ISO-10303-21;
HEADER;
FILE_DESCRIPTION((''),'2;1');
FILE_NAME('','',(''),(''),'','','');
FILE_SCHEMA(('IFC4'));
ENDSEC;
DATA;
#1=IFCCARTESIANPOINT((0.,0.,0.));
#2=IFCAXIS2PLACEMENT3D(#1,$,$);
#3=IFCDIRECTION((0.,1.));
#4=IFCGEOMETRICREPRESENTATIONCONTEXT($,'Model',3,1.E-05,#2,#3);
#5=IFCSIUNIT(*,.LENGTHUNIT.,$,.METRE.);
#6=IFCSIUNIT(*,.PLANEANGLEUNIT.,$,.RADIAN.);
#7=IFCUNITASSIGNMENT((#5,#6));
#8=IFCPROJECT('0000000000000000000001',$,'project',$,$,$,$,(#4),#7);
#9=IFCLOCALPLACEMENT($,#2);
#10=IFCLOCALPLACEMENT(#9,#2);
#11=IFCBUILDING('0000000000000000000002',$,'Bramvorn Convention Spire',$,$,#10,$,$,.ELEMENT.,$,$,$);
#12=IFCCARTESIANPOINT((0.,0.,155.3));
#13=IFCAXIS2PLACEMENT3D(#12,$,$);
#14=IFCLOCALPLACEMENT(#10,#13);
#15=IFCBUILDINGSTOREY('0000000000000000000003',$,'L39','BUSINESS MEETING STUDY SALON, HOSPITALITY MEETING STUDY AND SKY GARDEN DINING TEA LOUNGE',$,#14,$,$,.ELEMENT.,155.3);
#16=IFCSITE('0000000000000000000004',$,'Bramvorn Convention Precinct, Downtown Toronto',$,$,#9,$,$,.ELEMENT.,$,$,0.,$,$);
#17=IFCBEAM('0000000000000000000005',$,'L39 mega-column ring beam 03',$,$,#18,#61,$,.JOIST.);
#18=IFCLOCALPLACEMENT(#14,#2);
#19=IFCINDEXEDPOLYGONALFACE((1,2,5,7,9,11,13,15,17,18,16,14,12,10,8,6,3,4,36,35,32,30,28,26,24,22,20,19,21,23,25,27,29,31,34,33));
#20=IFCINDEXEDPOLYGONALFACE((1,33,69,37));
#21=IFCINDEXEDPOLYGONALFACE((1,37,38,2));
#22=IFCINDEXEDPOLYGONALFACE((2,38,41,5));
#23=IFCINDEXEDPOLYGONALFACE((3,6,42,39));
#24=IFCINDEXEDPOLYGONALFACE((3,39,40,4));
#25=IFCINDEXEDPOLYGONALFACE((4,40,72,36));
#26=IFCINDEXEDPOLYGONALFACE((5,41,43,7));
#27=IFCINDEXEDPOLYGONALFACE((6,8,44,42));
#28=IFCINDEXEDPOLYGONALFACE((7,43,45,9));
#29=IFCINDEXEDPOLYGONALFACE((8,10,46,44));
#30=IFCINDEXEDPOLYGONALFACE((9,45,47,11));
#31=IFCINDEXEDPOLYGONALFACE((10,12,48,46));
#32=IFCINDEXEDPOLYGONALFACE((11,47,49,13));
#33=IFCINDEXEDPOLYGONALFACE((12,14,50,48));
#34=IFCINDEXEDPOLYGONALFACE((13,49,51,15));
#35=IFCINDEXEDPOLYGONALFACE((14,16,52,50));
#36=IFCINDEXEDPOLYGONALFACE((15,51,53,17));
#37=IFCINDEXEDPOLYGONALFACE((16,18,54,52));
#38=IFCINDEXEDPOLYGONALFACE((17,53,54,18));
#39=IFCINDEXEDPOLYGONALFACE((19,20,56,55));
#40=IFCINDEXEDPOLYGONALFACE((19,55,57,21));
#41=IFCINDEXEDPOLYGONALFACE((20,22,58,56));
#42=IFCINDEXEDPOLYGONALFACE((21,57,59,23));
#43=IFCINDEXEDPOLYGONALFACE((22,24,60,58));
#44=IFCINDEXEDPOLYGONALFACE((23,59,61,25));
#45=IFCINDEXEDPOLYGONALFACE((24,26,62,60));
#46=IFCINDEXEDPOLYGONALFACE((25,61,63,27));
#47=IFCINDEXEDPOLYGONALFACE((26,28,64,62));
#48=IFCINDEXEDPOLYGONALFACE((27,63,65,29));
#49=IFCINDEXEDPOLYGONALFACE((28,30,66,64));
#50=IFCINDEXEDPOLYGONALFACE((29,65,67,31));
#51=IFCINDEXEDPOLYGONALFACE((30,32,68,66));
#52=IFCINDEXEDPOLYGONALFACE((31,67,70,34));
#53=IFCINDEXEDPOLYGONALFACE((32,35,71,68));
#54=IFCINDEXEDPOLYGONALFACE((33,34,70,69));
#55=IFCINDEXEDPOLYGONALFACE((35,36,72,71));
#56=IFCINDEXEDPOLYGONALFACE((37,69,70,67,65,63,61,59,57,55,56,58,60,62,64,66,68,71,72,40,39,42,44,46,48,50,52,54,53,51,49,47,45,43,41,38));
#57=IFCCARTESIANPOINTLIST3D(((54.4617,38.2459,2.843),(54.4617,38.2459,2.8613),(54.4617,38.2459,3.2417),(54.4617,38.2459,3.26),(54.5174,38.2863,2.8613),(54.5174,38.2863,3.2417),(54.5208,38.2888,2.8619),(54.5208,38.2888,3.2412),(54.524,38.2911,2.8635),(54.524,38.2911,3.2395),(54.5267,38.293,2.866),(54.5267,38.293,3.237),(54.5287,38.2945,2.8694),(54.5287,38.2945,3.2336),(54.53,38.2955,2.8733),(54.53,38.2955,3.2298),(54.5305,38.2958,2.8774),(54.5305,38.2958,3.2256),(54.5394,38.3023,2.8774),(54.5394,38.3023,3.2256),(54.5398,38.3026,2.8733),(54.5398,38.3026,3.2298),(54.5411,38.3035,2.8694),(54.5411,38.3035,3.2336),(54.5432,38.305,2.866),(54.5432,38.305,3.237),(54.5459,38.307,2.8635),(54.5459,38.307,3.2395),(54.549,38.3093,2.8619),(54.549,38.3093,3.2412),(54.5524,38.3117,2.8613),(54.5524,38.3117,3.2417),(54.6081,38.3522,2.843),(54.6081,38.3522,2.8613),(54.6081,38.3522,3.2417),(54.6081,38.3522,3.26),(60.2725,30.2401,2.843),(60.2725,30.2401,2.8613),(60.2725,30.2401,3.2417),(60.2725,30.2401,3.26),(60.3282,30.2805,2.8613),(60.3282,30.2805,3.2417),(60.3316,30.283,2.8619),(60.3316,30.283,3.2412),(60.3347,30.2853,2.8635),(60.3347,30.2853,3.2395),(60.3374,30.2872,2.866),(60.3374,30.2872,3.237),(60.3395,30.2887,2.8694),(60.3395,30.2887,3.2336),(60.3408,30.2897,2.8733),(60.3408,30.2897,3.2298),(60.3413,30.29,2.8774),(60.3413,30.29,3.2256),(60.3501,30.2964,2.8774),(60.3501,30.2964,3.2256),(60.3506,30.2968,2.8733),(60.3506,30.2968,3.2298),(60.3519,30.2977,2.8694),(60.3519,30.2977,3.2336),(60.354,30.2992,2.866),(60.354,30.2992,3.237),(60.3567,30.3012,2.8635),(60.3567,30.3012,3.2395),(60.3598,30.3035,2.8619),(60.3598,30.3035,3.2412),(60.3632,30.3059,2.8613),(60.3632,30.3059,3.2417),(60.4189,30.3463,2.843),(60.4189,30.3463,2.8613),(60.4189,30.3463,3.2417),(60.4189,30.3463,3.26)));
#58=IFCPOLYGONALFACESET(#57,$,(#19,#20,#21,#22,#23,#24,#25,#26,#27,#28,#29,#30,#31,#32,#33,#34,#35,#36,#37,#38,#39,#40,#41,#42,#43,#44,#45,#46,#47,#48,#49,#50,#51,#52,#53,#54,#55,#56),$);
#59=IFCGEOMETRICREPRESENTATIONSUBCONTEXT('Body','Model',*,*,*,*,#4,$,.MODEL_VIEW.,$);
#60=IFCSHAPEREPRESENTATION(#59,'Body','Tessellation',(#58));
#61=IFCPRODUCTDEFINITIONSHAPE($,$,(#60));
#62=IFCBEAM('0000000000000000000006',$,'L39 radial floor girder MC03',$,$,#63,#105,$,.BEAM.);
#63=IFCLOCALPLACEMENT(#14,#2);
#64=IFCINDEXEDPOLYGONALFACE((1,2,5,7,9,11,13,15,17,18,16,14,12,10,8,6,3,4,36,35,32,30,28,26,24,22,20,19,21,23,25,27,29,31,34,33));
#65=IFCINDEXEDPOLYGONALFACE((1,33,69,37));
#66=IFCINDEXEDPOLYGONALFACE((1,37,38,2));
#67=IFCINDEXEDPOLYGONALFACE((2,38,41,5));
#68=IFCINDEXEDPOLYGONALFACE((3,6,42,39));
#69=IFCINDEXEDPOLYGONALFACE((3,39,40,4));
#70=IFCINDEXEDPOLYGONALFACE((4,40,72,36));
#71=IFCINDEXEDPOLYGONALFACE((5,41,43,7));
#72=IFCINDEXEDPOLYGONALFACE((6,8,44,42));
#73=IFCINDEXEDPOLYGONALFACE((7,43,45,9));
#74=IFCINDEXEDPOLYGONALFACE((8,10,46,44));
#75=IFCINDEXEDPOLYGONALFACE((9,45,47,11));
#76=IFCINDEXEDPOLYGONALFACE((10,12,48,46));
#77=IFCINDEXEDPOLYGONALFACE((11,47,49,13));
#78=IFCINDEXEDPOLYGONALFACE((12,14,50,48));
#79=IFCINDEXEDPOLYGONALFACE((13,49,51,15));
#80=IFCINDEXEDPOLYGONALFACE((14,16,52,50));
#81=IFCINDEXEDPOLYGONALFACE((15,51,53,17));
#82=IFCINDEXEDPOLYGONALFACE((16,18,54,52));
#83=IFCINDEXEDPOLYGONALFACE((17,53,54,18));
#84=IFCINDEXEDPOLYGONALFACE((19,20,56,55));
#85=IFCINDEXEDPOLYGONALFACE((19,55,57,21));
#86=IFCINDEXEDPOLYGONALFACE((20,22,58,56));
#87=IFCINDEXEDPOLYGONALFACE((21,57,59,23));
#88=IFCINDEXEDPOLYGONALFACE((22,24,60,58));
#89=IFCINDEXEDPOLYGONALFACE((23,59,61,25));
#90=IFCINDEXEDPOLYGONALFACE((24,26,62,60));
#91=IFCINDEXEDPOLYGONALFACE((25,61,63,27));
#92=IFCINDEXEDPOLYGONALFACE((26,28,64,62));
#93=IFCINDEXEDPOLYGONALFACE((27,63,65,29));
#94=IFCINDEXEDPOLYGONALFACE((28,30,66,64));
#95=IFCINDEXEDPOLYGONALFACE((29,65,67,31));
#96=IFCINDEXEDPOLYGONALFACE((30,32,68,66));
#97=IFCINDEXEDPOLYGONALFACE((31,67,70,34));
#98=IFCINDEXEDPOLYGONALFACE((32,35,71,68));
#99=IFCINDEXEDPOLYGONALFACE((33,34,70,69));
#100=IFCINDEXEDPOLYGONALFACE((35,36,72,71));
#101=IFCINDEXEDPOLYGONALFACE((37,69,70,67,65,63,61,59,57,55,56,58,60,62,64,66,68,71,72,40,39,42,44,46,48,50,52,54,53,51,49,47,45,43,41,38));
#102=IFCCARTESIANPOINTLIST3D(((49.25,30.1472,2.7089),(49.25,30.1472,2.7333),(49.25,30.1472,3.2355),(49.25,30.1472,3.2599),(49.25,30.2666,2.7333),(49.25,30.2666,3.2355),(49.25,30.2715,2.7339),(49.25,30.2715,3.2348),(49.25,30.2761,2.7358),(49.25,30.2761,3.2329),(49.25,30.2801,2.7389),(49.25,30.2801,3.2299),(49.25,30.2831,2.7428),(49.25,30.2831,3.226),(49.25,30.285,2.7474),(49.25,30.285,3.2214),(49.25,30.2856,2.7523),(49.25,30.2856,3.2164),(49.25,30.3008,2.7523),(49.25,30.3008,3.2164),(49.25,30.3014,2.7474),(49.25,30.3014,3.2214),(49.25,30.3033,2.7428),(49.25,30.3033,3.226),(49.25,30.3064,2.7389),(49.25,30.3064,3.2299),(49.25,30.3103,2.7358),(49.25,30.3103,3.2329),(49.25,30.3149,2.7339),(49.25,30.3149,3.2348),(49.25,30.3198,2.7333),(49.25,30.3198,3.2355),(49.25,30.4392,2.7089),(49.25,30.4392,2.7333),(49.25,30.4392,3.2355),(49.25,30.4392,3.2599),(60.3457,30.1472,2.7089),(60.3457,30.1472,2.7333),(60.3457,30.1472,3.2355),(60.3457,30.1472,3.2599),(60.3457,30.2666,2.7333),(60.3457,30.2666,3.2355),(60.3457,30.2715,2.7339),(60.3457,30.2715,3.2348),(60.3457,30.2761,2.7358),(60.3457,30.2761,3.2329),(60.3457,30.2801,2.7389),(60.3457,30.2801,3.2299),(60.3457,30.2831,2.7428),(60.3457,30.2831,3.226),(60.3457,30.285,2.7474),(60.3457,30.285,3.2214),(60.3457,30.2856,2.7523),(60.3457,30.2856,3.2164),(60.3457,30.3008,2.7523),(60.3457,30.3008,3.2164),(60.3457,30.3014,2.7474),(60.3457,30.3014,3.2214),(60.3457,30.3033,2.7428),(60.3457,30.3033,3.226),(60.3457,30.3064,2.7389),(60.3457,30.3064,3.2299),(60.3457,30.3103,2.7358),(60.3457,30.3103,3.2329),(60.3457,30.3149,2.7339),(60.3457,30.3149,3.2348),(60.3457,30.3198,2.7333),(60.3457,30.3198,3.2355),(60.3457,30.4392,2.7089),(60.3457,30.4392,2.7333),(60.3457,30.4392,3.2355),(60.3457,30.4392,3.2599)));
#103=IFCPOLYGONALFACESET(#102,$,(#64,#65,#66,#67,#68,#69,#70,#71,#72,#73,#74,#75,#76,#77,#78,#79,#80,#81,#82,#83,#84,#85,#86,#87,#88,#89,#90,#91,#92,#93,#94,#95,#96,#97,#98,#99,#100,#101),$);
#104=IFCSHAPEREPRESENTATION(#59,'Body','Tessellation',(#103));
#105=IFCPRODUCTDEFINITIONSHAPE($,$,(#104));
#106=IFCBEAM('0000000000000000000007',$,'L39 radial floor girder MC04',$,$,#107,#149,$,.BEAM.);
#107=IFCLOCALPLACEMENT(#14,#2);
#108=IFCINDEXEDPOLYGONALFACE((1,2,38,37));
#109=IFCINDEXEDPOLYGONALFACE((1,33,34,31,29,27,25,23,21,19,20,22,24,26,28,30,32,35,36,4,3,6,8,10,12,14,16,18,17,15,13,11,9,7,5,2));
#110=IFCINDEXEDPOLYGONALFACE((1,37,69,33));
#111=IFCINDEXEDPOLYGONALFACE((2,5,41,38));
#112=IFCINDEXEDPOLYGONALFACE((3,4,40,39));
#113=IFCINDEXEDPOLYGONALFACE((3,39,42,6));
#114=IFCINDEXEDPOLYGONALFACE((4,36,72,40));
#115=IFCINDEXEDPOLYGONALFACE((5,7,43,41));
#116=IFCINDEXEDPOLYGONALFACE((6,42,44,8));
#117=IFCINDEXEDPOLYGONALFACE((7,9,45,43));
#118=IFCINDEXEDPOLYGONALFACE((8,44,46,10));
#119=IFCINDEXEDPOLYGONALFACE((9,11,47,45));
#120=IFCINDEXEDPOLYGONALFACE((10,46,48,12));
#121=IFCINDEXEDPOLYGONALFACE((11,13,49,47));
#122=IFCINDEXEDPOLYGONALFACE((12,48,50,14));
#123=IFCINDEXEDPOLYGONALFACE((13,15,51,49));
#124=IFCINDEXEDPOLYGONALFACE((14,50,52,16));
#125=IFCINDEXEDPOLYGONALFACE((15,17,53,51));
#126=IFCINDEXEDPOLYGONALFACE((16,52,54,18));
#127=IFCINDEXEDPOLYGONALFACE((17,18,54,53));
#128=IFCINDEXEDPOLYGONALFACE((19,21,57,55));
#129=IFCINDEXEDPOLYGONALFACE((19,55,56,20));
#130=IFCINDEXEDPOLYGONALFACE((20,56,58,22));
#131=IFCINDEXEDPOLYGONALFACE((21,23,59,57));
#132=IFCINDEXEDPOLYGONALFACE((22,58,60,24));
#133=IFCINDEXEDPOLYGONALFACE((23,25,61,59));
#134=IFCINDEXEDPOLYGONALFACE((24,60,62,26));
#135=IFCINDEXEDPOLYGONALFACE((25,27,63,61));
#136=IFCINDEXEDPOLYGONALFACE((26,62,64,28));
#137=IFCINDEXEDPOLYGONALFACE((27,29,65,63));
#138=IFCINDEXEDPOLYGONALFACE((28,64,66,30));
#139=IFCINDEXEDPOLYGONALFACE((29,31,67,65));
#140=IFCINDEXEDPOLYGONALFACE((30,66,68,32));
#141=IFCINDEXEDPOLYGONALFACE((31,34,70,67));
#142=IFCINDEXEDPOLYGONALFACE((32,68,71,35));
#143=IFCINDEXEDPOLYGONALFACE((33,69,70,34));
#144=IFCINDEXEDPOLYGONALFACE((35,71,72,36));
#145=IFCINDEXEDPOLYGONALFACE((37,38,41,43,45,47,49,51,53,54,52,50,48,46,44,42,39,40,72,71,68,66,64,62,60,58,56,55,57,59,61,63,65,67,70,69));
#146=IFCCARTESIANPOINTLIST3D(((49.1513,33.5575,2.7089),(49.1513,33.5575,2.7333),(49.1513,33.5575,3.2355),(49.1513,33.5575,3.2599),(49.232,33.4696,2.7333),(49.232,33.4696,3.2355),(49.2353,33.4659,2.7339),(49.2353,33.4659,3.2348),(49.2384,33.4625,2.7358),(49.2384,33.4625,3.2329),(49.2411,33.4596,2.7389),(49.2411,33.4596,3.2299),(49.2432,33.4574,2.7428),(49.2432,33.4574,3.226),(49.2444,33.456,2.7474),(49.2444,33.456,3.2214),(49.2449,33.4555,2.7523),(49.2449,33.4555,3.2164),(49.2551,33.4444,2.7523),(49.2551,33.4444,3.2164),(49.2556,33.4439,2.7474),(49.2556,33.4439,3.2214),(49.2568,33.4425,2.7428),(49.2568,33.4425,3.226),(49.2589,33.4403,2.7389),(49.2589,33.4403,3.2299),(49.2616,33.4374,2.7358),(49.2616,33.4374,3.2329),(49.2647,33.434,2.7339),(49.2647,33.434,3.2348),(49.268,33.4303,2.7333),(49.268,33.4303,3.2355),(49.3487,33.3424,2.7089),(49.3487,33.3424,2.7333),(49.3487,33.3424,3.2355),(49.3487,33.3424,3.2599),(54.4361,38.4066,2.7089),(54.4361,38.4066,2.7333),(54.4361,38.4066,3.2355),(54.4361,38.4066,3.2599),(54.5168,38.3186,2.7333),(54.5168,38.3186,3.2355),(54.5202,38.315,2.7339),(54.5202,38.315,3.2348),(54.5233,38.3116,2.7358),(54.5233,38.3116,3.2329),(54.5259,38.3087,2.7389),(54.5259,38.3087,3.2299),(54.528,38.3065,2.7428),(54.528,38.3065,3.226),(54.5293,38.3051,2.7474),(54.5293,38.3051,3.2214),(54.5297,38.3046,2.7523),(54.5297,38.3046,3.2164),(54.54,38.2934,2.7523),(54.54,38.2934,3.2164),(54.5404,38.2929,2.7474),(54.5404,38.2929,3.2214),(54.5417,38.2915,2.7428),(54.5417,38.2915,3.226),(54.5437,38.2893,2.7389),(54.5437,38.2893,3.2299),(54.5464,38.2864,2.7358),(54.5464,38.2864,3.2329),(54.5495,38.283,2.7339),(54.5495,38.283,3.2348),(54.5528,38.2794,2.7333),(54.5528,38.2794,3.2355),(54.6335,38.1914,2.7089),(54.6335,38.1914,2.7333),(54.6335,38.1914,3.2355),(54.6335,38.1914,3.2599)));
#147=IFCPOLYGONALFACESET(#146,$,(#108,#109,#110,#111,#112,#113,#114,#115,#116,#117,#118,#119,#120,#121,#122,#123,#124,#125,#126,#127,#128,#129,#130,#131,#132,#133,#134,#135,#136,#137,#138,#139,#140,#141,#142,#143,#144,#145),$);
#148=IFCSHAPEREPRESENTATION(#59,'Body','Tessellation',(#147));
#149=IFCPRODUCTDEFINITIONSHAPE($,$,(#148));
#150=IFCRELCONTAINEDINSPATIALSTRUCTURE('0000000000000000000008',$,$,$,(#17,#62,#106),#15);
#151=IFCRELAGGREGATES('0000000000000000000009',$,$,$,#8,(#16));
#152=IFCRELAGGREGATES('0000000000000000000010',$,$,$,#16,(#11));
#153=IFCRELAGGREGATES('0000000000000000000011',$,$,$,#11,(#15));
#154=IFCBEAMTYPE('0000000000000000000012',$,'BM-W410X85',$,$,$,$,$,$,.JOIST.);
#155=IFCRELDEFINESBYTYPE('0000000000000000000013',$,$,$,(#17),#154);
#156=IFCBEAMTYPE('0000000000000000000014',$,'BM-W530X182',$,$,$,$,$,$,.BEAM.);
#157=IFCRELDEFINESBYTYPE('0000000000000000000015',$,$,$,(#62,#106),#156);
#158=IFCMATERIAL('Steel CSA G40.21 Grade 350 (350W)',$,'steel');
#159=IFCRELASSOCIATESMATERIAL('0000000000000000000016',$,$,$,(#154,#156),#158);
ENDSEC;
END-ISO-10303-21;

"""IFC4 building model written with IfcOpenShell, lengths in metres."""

from ifc_helpers import new_model, si_unit, direction, frame, origin, origin_2d, place, context, subcontext, project, spatial, i_section, extrude, material, material_profile, profile_set, type_object, element, save


model = new_model("IFC4")

# Units and contexts
model_context = context("Model", 3, precision=1e-05, world=origin(), true_north=direction((0.0, 1.0)))
body_context = subcontext(model_context, "Body", "Model", "MODEL_VIEW")
ifc_project = project(units=[si_unit("LENGTHUNIT", "METRE"), si_unit("PLANEANGLEUNIT", "RADIAN")], contexts=[model_context])

# Site, building, storey
site_placement = place(None, origin())
site = spatial("IfcSite", under=ifc_project, at=site_placement, Name="Bramvorn Convention Precinct, Downtown Toronto", CompositionType="ELEMENT", RefElevation=0.0)
building_placement = place(site_placement, origin())
building = spatial("IfcBuilding", under=site, at=building_placement, Name="Bramvorn Convention Spire", CompositionType="ELEMENT")
storey_placement = place(building_placement, frame((0.0, 0.0, 155.3)))
storey = spatial("IfcBuildingStorey", under=building, at=storey_placement, Name="L39", Description="BUSINESS MEETING STUDY SALON, HOSPITALITY MEETING STUDY AND SKY GARDEN DINING TEA LOUNGE", CompositionType="ELEMENT", Elevation=155.3)

# Shared definitions
ifc_material_1 = material(Name="Steel CSA G40.21 Grade 350 (350W)", Category="steel")

# Beams
ifc_material_profile_1 = material_profile(ifc_material_1, i_section(OverallWidth=0.1809, OverallDepth=0.417, WebThickness=0.011, FlangeThickness=0.0183, FilletRadius=0.0161, at=origin_2d()))
ifc_profile_set_1 = profile_set([ifc_material_profile_1], Name="Steel CSA G40.21 Grade 350 (350W) - W410X85")
beam_type_1 = type_object("IfcBeamType", Name="BM-W410X85", PredefinedType="JOIST", material=ifc_profile_set_1)
beam_1_placement = place(storey_placement, frame((60.3457, 30.2932, 3.0515), z_axis=(-0.587401, 0.809296, 0.0), x_axis=(-0.809296, -0.587401, 0.0)))
element("IfcBeam", 1, at=beam_1_placement, inside=storey, type_object=beam_type_1, Name="L39 mega-column ring beam 03", PredefinedType="JOIST", context=body_context, shape_type="SweptSolid", body=[
    extrude(i_section(OverallWidth=0.1809, OverallDepth=0.417, WebThickness=0.011, FlangeThickness=0.0183, FilletRadius=0.0161, at=origin_2d()), origin(), (0.0, 0.0, 1.0), 9.8923),
])
ifc_material_profile_2 = material_profile(ifc_material_1, i_section(OverallWidth=0.292, OverallDepth=0.551, WebThickness=0.0151, FlangeThickness=0.0244, FilletRadius=0.019, at=origin_2d()))
ifc_profile_set_2 = profile_set([ifc_material_profile_2], Name="Steel CSA G40.21 Grade 350 (350W) - W530X182")
beam_type_2 = type_object("IfcBeamType", Name="BM-W530X182", PredefinedType="BEAM", material=ifc_profile_set_2)
beam_2_placement = place(storey_placement, frame((49.25, 30.2932, 2.9844), z_axis=(1.0, 0.0, 0.0), x_axis=(0.0, 1.0, 0.0)))
element("IfcBeam", 2, at=beam_2_placement, inside=storey, type_object=beam_type_2, Name="L39 radial floor girder MC03", PredefinedType="BEAM", context=body_context, shape_type="SweptSolid", body=[
    extrude(i_section(OverallWidth=0.292, OverallDepth=0.551, WebThickness=0.0151, FlangeThickness=0.0244, FilletRadius=0.019, at=origin_2d()), origin(), (0.0, 0.0, 1.0), 11.0957),
])
beam_3_placement = place(storey_placement, frame((49.25, 33.45, 2.9844), z_axis=(0.736833, 0.676074, 0.0), x_axis=(-0.676074, 0.736833, 0.0)))
element("IfcBeam", 3, at=beam_3_placement, inside=storey, type_object=beam_type_2, Name="L39 radial floor girder MC04", PredefinedType="BEAM", context=body_context, shape_type="SweptSolid", body=[
    extrude(i_section(OverallWidth=0.292, OverallDepth=0.551, WebThickness=0.0151, FlangeThickness=0.0244, FilletRadius=0.019, at=origin_2d()), origin(), (0.0, 0.0, 1.0), 7.1724),
])

save(model, "model.ifc")
